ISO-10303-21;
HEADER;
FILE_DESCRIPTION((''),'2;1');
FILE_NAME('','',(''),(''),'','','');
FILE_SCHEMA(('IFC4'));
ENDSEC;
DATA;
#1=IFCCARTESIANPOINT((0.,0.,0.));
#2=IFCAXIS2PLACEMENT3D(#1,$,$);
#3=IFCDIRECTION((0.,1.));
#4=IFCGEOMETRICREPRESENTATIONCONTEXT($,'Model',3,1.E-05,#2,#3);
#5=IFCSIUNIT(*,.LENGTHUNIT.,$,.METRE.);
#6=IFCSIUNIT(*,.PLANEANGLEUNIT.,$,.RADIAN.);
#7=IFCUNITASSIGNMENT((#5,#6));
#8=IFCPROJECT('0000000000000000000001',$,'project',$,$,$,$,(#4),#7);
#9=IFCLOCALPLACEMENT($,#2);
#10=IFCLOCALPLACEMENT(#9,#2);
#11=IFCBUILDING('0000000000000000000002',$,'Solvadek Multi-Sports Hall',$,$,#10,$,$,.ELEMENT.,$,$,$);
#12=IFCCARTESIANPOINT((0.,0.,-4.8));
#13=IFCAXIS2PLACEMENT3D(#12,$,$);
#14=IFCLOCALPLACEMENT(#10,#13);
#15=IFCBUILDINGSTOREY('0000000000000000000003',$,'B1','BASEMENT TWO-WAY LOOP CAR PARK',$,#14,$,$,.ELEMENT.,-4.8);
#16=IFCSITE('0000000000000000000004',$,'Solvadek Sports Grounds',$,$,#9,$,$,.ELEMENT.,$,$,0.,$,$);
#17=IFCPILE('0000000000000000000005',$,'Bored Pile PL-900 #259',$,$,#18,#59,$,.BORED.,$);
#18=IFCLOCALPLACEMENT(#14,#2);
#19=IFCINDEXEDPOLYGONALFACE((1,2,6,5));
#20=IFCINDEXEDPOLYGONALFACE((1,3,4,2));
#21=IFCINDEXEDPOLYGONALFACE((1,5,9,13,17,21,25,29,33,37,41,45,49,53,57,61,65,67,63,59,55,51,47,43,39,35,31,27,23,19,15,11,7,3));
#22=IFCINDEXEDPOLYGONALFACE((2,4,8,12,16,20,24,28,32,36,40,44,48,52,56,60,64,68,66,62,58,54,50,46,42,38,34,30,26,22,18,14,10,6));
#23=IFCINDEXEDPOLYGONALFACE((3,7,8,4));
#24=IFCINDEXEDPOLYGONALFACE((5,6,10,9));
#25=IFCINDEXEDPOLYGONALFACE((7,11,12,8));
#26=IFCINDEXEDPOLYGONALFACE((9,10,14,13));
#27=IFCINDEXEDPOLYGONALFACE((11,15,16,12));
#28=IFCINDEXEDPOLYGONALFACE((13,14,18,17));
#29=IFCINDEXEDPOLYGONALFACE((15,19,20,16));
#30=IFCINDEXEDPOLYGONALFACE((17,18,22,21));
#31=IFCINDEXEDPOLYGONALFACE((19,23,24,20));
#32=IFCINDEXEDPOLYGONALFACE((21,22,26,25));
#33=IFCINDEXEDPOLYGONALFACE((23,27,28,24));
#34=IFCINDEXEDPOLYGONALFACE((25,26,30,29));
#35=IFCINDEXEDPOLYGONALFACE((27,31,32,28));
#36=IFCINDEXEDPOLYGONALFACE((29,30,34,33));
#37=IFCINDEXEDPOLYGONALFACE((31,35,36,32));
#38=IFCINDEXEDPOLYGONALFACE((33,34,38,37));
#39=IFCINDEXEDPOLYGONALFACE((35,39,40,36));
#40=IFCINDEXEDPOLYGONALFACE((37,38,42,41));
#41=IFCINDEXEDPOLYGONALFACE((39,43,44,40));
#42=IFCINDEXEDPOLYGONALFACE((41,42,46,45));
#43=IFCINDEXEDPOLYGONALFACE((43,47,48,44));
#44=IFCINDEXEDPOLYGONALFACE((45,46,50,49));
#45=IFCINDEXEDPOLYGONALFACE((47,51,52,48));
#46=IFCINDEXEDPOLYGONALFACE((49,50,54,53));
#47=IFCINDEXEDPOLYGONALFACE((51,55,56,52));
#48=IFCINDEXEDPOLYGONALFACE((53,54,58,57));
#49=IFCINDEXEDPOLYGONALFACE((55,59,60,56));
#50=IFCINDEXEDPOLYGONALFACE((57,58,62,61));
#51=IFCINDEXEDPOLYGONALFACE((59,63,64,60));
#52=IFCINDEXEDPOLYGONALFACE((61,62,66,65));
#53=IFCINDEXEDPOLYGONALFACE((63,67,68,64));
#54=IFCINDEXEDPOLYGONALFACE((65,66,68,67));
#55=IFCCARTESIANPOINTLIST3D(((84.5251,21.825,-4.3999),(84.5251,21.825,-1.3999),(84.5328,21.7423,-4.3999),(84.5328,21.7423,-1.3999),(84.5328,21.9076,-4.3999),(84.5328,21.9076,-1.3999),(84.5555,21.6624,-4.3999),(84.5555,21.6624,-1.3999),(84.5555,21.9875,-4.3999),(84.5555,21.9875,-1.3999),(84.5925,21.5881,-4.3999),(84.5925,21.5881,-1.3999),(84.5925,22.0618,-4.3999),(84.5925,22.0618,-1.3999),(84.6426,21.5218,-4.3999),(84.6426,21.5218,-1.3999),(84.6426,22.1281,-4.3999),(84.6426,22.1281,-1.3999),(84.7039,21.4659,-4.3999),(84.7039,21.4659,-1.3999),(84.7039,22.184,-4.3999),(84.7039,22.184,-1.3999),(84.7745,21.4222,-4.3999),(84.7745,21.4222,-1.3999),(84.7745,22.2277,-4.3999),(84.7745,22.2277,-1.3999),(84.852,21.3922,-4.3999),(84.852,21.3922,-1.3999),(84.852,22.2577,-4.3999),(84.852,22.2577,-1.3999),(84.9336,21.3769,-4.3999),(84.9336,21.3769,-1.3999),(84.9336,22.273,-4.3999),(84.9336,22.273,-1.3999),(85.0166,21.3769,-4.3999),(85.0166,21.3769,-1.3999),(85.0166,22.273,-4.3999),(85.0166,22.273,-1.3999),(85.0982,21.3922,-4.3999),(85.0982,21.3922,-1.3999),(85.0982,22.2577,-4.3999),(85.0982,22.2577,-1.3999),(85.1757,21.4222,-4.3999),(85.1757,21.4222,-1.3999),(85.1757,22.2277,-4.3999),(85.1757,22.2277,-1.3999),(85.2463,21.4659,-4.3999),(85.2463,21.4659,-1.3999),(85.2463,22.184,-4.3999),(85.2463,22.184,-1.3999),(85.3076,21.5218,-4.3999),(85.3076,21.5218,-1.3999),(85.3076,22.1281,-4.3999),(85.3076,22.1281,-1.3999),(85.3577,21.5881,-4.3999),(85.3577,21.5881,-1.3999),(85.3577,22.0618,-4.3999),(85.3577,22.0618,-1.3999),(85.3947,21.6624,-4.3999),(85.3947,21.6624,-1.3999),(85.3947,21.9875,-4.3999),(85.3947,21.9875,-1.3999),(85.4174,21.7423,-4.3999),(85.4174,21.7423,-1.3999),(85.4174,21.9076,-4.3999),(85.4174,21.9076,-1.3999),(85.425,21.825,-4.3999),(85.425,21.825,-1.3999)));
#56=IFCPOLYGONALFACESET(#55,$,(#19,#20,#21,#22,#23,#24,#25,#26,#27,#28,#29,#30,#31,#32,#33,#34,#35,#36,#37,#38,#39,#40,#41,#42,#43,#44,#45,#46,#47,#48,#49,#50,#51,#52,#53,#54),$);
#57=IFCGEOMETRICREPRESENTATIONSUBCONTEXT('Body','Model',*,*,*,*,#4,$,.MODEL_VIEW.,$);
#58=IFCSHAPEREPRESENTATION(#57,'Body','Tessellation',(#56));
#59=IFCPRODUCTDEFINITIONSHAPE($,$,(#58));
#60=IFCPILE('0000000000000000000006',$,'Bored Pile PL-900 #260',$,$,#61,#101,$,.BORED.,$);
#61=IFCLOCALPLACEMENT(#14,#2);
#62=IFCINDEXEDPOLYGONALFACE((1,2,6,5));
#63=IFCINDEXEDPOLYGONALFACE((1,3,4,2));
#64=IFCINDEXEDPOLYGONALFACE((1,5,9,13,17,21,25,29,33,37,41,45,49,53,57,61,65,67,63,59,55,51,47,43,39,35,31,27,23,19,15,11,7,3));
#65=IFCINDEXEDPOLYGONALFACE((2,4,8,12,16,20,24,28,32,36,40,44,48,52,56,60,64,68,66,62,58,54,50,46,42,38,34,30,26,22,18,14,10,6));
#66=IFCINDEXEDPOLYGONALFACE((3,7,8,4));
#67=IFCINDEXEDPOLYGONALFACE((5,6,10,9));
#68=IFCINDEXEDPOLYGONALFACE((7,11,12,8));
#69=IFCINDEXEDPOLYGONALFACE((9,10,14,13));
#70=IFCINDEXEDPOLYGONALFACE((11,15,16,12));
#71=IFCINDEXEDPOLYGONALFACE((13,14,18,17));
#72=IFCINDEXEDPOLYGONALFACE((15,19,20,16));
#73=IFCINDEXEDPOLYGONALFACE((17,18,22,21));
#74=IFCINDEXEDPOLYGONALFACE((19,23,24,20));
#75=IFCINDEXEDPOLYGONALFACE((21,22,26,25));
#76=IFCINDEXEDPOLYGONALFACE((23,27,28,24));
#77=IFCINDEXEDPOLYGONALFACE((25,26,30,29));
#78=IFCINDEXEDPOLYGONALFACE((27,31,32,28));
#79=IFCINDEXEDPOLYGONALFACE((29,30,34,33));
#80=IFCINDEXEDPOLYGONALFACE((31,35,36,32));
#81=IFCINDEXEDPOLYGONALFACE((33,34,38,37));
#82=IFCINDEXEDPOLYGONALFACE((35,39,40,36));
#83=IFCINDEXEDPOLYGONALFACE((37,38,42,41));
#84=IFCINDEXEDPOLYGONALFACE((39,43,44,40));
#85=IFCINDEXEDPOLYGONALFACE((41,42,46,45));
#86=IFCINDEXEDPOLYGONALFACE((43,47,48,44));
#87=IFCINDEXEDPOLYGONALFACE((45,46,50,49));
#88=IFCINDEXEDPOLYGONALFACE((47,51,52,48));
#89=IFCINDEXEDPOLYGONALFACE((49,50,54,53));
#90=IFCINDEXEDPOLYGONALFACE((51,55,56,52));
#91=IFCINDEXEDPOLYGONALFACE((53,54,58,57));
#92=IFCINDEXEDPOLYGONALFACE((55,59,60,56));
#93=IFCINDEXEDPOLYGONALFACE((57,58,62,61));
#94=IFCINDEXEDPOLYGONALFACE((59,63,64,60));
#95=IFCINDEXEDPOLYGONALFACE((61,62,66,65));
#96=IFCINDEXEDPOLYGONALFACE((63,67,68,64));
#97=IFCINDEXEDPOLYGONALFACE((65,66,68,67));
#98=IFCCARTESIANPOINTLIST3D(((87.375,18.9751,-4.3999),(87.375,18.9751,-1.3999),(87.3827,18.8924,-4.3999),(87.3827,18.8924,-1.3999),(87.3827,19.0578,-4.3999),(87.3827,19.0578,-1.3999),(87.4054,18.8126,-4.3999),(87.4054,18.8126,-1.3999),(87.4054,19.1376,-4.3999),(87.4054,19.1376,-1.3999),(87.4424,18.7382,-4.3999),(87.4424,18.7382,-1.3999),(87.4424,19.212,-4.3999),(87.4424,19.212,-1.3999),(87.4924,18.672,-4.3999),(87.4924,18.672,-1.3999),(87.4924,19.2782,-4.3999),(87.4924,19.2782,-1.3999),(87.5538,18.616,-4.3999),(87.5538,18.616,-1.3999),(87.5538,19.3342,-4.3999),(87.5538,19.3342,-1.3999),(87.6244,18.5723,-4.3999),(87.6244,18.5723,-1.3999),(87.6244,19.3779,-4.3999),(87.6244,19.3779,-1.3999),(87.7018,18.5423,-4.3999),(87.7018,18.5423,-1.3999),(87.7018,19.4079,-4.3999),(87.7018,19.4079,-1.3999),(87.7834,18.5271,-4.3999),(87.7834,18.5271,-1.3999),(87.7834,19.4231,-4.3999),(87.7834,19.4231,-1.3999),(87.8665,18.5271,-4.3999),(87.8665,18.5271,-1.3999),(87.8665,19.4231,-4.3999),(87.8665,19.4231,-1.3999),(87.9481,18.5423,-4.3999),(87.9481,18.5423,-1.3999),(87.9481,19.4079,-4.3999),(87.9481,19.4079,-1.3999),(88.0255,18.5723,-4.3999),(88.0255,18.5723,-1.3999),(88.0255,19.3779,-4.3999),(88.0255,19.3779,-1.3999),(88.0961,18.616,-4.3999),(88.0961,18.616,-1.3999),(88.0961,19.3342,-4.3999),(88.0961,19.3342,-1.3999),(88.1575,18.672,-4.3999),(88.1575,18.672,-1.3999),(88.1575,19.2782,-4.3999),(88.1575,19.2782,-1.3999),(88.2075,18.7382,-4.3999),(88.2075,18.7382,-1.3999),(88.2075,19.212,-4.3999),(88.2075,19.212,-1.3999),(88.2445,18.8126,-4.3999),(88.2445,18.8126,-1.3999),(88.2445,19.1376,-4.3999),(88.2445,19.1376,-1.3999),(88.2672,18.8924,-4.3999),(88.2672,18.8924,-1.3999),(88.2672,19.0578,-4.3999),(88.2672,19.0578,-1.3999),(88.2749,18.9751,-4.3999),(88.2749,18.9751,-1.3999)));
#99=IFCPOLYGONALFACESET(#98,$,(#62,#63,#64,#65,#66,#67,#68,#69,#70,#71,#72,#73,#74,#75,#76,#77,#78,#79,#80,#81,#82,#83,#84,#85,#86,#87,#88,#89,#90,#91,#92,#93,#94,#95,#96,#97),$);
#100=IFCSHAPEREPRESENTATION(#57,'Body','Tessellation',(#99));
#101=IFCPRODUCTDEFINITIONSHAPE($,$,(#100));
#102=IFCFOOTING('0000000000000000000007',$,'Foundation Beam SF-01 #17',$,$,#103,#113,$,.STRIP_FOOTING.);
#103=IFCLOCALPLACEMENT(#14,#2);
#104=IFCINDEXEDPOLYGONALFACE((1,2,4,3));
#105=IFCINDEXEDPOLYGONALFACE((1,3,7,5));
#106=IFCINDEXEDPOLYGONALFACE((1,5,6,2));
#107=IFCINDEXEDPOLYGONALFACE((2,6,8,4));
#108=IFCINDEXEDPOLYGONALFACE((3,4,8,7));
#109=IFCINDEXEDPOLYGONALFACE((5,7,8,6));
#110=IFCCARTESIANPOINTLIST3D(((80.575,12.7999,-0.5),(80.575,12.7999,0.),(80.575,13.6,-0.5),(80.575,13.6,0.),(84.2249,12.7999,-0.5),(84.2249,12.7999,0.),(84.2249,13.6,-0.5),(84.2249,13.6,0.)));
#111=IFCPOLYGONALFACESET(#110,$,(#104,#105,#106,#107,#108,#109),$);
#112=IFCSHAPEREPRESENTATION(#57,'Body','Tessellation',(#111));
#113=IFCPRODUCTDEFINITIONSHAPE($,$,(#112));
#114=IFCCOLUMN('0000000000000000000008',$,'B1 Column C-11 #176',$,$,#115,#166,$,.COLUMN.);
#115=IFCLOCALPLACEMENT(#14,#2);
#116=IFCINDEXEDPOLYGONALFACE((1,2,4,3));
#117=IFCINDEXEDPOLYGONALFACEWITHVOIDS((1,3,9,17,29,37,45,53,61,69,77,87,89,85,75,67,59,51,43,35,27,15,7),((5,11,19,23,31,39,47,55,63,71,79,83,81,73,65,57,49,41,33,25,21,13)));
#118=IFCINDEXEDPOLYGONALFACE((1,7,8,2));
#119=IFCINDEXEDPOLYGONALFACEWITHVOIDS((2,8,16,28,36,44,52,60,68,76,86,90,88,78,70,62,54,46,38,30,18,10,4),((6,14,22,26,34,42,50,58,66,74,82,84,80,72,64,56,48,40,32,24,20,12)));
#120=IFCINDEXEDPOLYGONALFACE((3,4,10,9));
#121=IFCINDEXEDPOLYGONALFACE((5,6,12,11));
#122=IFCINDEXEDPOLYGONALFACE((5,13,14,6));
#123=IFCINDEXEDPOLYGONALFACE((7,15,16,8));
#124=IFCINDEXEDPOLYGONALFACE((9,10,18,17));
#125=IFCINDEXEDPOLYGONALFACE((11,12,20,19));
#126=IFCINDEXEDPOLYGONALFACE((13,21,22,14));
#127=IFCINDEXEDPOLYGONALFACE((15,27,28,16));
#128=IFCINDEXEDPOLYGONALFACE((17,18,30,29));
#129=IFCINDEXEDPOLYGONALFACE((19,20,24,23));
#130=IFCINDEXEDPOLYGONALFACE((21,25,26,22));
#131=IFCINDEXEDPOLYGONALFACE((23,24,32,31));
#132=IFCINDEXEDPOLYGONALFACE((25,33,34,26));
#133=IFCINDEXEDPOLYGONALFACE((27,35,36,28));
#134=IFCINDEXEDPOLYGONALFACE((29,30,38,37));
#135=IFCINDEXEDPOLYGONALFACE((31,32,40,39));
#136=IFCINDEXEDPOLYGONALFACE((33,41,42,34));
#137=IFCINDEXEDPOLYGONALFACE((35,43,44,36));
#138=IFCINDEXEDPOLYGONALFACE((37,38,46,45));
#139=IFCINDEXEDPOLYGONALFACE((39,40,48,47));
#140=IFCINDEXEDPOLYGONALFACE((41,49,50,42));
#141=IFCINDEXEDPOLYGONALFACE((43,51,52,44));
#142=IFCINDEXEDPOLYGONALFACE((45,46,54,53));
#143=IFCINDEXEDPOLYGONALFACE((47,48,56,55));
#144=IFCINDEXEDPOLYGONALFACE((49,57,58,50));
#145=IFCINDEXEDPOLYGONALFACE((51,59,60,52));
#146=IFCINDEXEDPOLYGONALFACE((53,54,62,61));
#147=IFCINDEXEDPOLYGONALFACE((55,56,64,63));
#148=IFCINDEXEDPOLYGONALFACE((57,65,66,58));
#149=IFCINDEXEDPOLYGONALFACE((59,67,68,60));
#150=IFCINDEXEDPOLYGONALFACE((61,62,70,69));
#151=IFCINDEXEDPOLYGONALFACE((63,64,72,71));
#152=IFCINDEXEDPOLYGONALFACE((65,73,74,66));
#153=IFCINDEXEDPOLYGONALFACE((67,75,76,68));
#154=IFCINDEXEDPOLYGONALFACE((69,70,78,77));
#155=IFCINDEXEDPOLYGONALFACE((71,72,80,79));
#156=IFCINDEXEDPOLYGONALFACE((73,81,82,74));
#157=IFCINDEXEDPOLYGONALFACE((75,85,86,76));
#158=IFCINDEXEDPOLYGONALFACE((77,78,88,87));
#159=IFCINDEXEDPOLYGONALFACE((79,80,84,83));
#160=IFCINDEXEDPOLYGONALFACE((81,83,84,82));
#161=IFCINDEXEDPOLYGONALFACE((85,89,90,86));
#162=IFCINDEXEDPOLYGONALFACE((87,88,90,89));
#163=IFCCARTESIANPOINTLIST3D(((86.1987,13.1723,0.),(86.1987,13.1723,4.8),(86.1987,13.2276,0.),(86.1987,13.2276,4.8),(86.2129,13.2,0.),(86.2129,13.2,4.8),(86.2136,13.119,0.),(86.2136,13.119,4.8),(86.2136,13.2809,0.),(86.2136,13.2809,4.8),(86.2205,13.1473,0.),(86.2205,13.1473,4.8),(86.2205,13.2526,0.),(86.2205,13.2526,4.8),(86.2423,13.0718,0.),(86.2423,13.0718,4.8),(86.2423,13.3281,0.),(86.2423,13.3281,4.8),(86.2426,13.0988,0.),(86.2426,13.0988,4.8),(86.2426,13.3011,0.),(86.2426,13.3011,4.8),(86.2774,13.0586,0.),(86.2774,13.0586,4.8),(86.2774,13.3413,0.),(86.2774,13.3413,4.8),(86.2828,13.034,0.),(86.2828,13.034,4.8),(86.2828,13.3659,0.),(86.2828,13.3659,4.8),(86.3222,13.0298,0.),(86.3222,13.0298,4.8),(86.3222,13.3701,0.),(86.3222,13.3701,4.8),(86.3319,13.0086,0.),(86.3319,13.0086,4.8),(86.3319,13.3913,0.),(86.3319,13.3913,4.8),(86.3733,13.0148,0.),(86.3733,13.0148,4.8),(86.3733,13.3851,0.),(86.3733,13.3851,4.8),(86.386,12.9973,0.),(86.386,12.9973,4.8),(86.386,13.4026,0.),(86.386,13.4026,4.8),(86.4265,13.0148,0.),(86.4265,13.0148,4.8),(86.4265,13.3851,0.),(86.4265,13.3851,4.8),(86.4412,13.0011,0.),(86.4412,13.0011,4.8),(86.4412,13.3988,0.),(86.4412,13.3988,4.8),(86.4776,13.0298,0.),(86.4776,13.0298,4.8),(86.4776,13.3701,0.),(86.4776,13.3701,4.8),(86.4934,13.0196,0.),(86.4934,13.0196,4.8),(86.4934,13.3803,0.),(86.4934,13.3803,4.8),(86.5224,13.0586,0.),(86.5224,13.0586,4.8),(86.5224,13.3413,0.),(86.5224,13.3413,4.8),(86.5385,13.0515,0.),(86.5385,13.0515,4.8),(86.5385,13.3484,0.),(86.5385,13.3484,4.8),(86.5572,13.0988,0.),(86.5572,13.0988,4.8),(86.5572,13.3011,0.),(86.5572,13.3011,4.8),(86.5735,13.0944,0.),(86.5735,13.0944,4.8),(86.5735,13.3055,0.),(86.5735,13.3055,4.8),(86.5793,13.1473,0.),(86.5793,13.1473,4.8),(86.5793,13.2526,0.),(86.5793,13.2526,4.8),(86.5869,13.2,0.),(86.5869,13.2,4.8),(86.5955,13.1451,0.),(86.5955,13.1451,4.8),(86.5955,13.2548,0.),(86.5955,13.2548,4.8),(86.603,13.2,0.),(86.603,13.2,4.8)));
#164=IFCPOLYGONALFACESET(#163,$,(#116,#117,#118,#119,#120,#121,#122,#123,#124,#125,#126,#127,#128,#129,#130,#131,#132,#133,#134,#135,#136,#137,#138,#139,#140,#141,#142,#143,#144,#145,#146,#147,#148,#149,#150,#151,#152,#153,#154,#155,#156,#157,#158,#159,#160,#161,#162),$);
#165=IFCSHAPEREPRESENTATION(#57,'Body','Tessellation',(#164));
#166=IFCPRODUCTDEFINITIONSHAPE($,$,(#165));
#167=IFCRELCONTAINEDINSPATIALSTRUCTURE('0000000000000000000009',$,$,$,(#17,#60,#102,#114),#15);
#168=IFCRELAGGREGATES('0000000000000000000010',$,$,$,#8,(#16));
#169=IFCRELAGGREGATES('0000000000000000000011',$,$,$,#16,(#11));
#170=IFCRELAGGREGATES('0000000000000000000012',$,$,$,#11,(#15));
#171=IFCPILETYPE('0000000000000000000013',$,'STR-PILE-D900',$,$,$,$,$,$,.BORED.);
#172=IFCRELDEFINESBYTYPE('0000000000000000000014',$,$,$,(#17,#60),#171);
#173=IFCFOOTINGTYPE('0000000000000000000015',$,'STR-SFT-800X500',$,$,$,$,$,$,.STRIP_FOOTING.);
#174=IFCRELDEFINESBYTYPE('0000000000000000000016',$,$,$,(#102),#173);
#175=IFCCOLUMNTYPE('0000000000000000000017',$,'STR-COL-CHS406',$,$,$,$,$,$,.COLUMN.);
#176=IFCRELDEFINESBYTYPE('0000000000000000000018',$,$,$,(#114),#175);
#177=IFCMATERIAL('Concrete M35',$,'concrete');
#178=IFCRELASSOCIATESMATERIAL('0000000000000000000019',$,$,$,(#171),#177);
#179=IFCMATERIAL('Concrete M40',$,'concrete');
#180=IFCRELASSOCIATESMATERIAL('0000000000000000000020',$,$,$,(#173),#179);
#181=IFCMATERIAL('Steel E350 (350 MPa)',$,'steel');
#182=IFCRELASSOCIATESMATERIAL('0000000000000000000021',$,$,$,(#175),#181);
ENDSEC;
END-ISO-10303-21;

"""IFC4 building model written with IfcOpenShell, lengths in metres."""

from ifc_helpers import new_model, si_unit, direction, frame, origin, origin_2d, place, context, subcontext, project, spatial, rectangle, circle, hollow_circle, extrude, material, material_profile, profile_set, type_object, element, save


model = new_model("IFC4")

# Units and contexts
model_context = context("Model", 3, precision=1e-05, world=origin(), true_north=direction((0.0, 1.0)))
body_context = subcontext(model_context, "Body", "Model", "MODEL_VIEW")
ifc_project = project(units=[si_unit("LENGTHUNIT", "METRE"), si_unit("PLANEANGLEUNIT", "RADIAN")], contexts=[model_context])

# Site, building, storey
site_placement = place(None, origin())
site = spatial("IfcSite", under=ifc_project, at=site_placement, Name="Solvadek Sports Grounds", CompositionType="ELEMENT", RefElevation=0.0)
building_placement = place(site_placement, origin())
building = spatial("IfcBuilding", under=site, at=building_placement, Name="Solvadek Multi-Sports Hall", CompositionType="ELEMENT")
storey_placement = place(building_placement, frame((0.0, 0.0, -4.8)))
storey = spatial("IfcBuildingStorey", under=building, at=storey_placement, Name="B1", Description="BASEMENT TWO-WAY LOOP CAR PARK", CompositionType="ELEMENT", Elevation=-4.8)

# Shared definitions
ifc_material_1 = material(Name="Concrete M40", Category="concrete")

# Piles
ifc_material_2 = material(Name="Concrete M35", Category="concrete")
ifc_material_profile_1 = material_profile(ifc_material_2, circle(Radius=0.45, at=origin_2d()), Name="BORED PILE D900")
ifc_profile_set_1 = profile_set([ifc_material_profile_1], Name="Concrete M35")
pile_type_1 = type_object("IfcPileType", Name="STR-PILE-D900", PredefinedType="BORED", material=ifc_profile_set_1)
for number, where, z_axis, x_axis, name in (
    (1, (84.9751, 21.825, -1.3999), (0.0, 0.0, -1.0), (1.0, 0.0, 0.0), "Bored Pile PL-900 #259"),
    (2, (87.825, 18.9751, -1.3999), (0.0, 0.0, -1.0), (1.0, 0.0, 0.0), "Bored Pile PL-900 #260"),
):
    element("IfcPile", number, at=place(storey_placement, frame(where, z_axis=z_axis, x_axis=x_axis)), inside=storey, type_object=pile_type_1, Name=name, PredefinedType="BORED", context=body_context, shape_type="SweptSolid", body=[
        extrude(circle(Radius=0.45, at=origin_2d()), origin(), (0.0, 0.0, 1.0), 3.0),
    ])

# Footing
footing_type_1 = type_object("IfcFootingType", Name="STR-SFT-800X500", PredefinedType="STRIP_FOOTING", material=ifc_material_1)
footing_1_placement = place(storey_placement, frame((82.3999, 13.2, -0.5), z_axis=(0.0, 0.0, 1.0), x_axis=(1.0, 0.0, 0.0)))
element("IfcFooting", 3, at=footing_1_placement, inside=storey, type_object=footing_type_1, Name="Foundation Beam SF-01 #17", PredefinedType="STRIP_FOOTING", context=body_context, shape_type="SweptSolid", body=[
    extrude(rectangle(XDim=3.6499, YDim=0.8, at=origin_2d()), origin(), (0.0, 0.0, 1.0), 0.5),
])

# Column
ifc_material_3 = material(Name="Steel E350 (350 MPa)", Category="steel")
ifc_material_profile_2 = material_profile(ifc_material_3, hollow_circle(Radius=0.2031, WallThickness=0.0161, at=origin_2d()), Name="CHS 406.4x16")
ifc_profile_set_2 = profile_set([ifc_material_profile_2], Name="Steel E350 (350 MPa)")
column_type = type_object("IfcColumnType", Name="STR-COL-CHS406", PredefinedType="COLUMN", material=ifc_profile_set_2)
for number, where, z_axis, x_axis, name in (
    (4, (86.3999, 13.2, 0.0), (0.0, 0.0, 1.0), (1.0, 0.0, 0.0), "B1 Column C-11 #176"),
):
    element("IfcColumn", number, at=place(storey_placement, frame(where, z_axis=z_axis, x_axis=x_axis)), inside=storey, type_object=column_type, Name=name, PredefinedType="COLUMN", context=body_context, shape_type="SweptSolid", body=[
        extrude(hollow_circle(Radius=0.2031, WallThickness=0.0161, at=origin_2d()), origin(), (0.0, 0.0, 1.0), 4.8),
    ])

save(model, "model.ifc")
